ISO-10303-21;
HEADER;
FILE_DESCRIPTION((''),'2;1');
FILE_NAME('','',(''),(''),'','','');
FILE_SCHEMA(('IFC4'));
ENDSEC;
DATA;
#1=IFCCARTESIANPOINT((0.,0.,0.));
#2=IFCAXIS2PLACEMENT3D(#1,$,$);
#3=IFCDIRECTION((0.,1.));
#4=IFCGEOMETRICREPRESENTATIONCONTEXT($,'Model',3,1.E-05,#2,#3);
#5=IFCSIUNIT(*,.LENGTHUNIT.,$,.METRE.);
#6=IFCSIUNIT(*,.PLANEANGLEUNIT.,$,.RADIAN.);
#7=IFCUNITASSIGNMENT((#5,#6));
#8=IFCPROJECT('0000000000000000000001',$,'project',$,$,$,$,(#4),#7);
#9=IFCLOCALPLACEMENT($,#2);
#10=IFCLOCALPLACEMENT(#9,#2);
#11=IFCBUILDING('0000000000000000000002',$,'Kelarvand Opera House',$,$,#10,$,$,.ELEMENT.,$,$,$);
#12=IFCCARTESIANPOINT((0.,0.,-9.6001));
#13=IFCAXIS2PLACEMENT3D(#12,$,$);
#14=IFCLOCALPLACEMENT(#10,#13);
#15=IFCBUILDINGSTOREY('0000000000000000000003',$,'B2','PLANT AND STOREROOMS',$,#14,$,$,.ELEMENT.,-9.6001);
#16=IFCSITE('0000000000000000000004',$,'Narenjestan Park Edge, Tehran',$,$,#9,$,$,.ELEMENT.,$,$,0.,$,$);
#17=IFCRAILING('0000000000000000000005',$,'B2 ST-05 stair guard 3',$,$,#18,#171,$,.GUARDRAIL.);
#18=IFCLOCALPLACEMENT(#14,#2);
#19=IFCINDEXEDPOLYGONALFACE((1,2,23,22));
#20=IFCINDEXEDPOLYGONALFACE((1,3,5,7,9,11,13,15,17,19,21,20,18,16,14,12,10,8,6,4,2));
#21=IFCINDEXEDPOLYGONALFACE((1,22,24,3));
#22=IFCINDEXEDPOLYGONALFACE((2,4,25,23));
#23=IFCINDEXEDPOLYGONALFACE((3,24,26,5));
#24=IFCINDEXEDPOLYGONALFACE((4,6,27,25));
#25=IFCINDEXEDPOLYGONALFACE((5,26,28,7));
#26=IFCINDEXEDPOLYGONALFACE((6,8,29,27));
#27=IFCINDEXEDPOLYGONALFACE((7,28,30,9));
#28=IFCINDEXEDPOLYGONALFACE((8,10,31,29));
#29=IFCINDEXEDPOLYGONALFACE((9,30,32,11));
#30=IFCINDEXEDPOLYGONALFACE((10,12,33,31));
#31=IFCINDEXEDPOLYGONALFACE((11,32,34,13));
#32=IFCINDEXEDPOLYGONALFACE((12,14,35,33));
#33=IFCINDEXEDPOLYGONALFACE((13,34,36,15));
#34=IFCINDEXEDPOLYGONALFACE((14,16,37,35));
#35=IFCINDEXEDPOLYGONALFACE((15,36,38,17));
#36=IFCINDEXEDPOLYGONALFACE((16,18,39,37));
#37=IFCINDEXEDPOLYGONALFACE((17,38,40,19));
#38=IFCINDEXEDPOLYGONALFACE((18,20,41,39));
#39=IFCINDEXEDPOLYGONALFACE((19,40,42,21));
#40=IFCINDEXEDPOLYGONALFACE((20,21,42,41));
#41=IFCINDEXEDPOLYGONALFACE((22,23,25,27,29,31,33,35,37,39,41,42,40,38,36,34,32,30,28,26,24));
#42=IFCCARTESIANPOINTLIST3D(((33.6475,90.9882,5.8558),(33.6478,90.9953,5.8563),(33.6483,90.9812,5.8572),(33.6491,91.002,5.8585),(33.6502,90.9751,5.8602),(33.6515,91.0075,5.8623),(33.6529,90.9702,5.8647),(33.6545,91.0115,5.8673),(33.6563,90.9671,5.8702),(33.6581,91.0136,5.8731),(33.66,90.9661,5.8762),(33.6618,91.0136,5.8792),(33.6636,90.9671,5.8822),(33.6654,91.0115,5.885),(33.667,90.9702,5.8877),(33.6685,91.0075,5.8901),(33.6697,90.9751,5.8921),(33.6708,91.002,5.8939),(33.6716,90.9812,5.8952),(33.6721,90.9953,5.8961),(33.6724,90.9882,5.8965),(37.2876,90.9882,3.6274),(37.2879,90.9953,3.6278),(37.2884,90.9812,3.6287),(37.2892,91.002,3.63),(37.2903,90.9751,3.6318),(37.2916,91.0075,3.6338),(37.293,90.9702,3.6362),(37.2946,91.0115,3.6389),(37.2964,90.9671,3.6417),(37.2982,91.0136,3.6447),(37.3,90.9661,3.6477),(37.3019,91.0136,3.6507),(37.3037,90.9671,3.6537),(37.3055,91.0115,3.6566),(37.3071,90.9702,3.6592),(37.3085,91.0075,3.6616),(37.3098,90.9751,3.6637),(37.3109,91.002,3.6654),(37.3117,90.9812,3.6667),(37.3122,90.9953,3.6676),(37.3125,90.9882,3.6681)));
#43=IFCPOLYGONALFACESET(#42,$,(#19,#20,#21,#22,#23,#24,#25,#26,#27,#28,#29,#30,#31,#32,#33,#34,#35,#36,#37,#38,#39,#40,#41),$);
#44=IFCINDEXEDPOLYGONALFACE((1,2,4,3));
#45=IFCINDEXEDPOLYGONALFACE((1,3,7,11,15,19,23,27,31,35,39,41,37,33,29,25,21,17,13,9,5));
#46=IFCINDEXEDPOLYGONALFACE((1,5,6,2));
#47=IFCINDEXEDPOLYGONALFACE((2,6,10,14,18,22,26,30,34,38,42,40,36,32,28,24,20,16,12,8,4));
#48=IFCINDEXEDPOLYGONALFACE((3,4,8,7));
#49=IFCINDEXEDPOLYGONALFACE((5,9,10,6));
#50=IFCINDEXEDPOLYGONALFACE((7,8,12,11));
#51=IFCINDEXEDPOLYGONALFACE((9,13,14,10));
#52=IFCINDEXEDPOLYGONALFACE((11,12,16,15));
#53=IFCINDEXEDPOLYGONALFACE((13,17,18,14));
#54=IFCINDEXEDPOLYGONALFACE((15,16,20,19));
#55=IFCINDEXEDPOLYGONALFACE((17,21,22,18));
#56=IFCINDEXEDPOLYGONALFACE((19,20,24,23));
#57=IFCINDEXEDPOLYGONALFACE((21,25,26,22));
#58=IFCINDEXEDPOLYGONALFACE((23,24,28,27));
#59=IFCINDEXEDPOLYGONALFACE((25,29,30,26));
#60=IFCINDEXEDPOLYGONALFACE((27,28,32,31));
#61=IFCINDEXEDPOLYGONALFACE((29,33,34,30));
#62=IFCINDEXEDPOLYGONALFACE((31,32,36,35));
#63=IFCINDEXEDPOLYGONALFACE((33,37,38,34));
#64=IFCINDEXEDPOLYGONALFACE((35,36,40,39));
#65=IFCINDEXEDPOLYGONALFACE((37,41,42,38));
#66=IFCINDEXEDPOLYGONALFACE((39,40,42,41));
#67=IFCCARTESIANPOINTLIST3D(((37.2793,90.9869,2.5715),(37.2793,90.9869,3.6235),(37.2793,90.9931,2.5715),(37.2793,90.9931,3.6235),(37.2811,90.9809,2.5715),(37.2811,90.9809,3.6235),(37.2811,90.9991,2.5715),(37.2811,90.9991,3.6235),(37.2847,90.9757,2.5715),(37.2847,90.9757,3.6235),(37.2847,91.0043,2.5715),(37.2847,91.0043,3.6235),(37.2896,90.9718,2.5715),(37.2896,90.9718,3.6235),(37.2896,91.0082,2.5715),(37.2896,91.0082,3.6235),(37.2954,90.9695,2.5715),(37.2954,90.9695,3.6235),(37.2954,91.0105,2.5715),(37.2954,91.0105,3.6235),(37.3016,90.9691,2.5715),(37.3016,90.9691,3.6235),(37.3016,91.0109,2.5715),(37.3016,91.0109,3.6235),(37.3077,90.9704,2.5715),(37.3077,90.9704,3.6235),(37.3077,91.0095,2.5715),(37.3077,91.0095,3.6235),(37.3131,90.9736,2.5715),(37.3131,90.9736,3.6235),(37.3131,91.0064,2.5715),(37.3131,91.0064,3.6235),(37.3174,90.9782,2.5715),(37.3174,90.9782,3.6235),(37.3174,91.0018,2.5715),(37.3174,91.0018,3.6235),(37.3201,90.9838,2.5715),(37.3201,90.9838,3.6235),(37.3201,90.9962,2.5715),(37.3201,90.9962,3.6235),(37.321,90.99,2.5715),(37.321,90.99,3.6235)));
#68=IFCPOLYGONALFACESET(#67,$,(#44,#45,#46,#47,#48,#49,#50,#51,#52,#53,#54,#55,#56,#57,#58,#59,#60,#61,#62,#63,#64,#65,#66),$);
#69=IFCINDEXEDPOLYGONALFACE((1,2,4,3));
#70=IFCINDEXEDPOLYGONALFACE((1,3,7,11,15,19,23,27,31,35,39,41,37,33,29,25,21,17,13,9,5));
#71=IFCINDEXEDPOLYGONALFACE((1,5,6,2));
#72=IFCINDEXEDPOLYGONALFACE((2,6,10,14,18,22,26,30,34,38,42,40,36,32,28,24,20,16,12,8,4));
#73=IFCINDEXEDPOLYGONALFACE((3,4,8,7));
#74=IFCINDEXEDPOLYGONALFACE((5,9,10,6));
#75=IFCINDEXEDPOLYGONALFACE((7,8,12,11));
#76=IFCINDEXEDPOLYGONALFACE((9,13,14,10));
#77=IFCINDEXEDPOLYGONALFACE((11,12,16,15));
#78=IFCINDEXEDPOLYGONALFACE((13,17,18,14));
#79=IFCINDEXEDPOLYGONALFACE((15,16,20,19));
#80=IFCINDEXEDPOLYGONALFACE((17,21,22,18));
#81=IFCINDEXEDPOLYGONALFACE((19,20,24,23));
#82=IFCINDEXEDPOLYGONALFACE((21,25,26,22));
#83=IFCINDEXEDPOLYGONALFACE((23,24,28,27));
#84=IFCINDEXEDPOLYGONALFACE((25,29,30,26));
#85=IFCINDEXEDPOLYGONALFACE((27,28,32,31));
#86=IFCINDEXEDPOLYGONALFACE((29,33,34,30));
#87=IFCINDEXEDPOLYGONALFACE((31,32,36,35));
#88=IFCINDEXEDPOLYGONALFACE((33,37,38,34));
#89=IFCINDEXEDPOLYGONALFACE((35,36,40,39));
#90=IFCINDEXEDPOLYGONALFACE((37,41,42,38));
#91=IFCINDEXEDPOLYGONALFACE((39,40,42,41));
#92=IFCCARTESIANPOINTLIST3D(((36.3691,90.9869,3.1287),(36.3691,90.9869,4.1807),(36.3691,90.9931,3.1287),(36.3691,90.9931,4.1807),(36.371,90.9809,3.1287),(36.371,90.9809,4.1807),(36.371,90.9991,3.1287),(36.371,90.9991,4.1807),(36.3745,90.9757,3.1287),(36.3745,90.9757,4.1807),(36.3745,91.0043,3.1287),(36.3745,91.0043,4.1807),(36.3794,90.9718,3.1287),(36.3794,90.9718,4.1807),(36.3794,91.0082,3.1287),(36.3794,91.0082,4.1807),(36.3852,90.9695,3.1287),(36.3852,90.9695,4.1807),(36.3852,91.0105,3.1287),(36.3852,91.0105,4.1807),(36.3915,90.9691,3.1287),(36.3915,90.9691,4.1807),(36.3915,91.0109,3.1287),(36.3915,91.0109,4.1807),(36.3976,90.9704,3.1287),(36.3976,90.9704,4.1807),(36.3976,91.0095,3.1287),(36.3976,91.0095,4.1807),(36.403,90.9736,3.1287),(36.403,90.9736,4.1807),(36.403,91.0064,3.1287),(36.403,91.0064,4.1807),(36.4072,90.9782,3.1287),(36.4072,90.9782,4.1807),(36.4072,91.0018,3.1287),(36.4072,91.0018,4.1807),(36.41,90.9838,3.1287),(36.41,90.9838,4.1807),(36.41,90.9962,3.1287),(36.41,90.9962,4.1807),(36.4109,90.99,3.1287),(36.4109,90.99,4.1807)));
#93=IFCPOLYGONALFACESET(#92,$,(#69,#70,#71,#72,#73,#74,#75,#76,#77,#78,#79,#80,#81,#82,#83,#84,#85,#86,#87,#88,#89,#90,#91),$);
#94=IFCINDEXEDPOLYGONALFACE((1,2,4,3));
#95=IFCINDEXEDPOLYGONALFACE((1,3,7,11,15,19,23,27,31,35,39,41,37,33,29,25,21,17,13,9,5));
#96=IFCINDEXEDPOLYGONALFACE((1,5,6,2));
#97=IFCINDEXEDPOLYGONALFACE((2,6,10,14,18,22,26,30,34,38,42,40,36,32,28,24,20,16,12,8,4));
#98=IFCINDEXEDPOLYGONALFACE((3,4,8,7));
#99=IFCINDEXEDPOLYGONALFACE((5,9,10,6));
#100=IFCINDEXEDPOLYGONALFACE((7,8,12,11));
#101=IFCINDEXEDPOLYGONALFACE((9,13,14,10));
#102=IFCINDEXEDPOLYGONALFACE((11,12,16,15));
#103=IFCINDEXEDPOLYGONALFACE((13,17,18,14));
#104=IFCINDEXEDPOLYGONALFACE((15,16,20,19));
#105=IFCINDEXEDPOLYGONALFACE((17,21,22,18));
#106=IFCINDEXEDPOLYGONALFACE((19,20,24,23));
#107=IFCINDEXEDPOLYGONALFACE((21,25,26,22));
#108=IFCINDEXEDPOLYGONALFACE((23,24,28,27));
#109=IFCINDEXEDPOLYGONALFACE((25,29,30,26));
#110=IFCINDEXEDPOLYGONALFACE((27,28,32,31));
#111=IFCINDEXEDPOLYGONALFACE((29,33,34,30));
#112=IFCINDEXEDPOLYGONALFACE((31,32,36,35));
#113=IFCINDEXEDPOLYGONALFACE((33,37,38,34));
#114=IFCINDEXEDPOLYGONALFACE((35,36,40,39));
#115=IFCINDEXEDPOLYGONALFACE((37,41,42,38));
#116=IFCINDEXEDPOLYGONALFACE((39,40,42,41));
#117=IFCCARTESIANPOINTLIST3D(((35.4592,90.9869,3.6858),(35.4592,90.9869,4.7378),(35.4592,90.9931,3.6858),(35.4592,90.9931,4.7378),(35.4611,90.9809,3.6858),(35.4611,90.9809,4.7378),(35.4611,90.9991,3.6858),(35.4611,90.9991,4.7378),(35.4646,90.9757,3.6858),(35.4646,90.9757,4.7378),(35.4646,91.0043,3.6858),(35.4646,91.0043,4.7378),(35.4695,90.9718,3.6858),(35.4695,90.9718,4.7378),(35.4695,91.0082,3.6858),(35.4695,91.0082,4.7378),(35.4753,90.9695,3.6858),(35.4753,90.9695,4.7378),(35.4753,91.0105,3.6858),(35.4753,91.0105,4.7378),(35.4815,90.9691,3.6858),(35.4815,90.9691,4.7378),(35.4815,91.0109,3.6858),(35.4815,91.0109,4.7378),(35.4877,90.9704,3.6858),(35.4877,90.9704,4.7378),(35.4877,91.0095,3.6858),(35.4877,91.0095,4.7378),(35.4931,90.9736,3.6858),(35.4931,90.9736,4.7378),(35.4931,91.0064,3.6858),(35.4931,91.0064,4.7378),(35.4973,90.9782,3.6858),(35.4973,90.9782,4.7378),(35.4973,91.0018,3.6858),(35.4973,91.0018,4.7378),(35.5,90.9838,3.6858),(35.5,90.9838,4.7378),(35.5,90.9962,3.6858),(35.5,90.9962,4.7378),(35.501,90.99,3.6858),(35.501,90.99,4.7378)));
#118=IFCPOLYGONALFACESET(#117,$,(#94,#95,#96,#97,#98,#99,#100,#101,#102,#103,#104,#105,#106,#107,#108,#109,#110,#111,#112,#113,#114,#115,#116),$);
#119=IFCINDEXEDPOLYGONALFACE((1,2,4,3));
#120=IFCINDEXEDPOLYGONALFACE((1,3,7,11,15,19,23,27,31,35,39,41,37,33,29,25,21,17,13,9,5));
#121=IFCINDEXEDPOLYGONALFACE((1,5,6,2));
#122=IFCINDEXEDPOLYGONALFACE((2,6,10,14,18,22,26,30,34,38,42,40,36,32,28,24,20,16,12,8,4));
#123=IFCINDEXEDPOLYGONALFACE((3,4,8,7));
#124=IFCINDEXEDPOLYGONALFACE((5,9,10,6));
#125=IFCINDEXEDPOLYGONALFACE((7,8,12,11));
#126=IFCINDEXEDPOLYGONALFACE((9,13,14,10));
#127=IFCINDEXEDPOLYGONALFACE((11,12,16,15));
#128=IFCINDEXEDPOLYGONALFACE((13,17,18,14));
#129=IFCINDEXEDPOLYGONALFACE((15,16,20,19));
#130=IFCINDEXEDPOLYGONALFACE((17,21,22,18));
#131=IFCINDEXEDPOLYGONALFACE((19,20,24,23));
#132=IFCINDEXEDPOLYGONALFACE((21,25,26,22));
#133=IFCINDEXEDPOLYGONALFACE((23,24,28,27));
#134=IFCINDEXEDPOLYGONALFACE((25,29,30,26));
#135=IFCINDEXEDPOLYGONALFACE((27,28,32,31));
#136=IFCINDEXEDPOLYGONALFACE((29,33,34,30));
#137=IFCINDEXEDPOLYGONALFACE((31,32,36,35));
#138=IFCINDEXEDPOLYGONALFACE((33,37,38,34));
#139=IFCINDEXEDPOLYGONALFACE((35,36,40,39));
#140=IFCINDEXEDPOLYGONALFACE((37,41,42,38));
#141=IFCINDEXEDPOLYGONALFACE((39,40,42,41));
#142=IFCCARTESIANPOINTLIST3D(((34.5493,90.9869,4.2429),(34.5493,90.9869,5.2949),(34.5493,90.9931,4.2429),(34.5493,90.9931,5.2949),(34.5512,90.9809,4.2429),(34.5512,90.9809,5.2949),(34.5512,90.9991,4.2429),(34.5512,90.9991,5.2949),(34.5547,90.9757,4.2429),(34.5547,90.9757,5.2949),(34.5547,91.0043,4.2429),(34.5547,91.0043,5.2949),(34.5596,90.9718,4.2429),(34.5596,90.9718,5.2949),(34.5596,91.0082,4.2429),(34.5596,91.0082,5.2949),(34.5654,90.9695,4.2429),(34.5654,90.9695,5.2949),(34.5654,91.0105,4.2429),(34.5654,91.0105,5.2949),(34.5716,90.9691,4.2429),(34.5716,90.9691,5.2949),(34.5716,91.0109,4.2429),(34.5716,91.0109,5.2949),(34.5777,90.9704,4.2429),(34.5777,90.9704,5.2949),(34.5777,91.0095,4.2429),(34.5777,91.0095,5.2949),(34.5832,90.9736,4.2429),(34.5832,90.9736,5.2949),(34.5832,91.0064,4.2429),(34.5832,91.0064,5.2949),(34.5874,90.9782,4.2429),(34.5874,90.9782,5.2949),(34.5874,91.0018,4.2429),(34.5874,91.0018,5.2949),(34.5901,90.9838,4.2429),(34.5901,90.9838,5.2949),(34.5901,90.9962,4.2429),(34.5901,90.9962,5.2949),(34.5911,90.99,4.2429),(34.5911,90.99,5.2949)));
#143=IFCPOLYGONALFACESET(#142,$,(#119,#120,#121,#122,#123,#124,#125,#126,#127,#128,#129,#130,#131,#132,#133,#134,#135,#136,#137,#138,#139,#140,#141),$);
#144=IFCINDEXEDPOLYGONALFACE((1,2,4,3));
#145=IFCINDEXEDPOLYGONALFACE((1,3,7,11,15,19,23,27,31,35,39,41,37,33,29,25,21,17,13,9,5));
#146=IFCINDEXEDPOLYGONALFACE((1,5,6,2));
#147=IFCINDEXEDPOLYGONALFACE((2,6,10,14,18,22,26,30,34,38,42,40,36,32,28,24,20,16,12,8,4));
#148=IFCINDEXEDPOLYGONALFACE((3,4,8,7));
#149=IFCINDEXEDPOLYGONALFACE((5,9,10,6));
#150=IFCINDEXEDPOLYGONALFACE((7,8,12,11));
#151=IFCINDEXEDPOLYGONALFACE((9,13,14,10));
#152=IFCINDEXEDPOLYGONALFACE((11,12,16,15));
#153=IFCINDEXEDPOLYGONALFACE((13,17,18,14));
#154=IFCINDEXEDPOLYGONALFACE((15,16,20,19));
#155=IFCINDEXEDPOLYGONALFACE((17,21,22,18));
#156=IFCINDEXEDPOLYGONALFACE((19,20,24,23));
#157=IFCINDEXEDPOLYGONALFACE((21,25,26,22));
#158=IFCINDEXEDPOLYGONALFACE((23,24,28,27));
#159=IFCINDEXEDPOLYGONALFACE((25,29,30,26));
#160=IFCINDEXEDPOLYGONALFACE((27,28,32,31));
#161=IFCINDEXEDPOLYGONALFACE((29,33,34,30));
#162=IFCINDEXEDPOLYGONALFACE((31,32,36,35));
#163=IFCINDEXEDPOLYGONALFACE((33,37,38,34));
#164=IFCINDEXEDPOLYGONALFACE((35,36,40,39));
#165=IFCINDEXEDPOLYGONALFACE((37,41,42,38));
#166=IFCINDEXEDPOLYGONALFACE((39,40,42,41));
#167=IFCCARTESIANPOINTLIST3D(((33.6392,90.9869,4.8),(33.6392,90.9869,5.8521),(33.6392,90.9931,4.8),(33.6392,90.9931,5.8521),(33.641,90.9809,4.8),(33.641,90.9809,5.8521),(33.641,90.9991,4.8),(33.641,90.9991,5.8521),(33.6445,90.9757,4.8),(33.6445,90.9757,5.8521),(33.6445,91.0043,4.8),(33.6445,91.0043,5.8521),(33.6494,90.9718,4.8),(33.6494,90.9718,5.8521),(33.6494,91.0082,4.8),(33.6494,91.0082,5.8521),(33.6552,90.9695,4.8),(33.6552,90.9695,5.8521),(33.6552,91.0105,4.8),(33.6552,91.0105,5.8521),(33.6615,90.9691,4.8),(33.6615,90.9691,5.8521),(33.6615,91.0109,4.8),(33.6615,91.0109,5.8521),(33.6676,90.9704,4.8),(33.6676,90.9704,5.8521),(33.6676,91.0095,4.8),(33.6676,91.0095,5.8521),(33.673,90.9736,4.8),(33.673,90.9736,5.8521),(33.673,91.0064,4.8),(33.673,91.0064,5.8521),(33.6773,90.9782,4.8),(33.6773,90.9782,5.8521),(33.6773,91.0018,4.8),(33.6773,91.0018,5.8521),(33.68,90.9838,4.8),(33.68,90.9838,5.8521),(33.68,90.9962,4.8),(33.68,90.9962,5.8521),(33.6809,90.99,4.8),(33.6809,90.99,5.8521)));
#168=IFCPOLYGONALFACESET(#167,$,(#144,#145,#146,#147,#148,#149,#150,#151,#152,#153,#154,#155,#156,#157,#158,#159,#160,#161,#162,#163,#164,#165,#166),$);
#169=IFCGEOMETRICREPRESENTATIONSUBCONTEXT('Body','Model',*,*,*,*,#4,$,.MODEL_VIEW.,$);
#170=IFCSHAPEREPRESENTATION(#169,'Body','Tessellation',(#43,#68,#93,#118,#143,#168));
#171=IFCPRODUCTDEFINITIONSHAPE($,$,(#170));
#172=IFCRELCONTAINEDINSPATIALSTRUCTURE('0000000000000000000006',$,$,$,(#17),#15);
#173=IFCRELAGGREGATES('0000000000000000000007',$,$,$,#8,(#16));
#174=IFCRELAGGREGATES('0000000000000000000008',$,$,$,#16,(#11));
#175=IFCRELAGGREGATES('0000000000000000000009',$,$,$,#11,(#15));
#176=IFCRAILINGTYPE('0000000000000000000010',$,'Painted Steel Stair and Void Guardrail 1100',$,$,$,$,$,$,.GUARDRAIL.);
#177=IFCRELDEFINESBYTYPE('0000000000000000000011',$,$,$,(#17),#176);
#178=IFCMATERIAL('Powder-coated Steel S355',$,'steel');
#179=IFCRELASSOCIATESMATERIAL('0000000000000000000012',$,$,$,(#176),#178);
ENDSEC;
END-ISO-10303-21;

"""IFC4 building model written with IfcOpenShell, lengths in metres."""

from ifc_helpers import new_model, si_unit, direction, frame, origin, origin_2d, place, context, subcontext, project, spatial, circle, extrude, material, type_object, element, save


model = new_model("IFC4")

# Units and contexts
model_context = context("Model", 3, precision=1e-05, world=origin(), true_north=direction((0.0, 1.0)))
body_context = subcontext(model_context, "Body", "Model", "MODEL_VIEW")
ifc_project = project(units=[si_unit("LENGTHUNIT", "METRE"), si_unit("PLANEANGLEUNIT", "RADIAN")], contexts=[model_context])

# Site, building, storey
site_placement = place(None, origin())
site = spatial("IfcSite", under=ifc_project, at=site_placement, Name="Narenjestan Park Edge, Tehran", CompositionType="ELEMENT", RefElevation=0.0)
building_placement = place(site_placement, origin())
building = spatial("IfcBuilding", under=site, at=building_placement, Name="Kelarvand Opera House", CompositionType="ELEMENT")
storey_placement = place(building_placement, frame((0.0, 0.0, -9.6001)))
storey = spatial("IfcBuildingStorey", under=building, at=storey_placement, Name="B2", Description="PLANT AND STOREROOMS", CompositionType="ELEMENT", Elevation=-9.6001)

# Railing
ifc_material_1 = material(Name="Powder-coated Steel S355", Category="steel")
railing_type_1 = type_object("IfcRailingType", Name="Painted Steel Stair and Void Guardrail 1100", PredefinedType="GUARDRAIL", material=ifc_material_1)
railing_1_placement = place(storey_placement, frame((37.3, 90.99, 2.5715)))
element("IfcRailing", 1, at=railing_1_placement, inside=storey, type_object=railing_type_1, Name="B2 ST-05 stair guard 3", PredefinedType="GUARDRAIL", context=body_context, shape_type="SweptSolid", body=[
    extrude(circle(Radius=0.0239, at=origin_2d()), frame((0.0, 0.0, 1.0762), z_axis=(-0.852866, 0.0, 0.52213), x_axis=(0.0, -1.0, 0.0)), (0.0, 0.0, 1.0), 4.2681),
    extrude(circle(Radius=0.021, at=origin_2d()), origin(), (0.0, 0.0, 1.0), 1.052),
    extrude(circle(Radius=0.021, at=origin_2d()), frame((-0.9102, 0.0, 0.5571)), (0.0, 0.0, 1.0), 1.052),
    extrude(circle(Radius=0.021, at=origin_2d()), frame((-1.8201, 0.0, 1.1143)), (0.0, 0.0, 1.0), 1.052),
    extrude(circle(Radius=0.021, at=origin_2d()), frame((-2.73, 0.0, 1.6714)), (0.0, 0.0, 1.0), 1.052),
    extrude(circle(Radius=0.021, at=origin_2d()), frame((-3.6401, 0.0, 2.2285)), (0.0, 0.0, 1.0), 1.052),
])

save(model, "model.ifc")
